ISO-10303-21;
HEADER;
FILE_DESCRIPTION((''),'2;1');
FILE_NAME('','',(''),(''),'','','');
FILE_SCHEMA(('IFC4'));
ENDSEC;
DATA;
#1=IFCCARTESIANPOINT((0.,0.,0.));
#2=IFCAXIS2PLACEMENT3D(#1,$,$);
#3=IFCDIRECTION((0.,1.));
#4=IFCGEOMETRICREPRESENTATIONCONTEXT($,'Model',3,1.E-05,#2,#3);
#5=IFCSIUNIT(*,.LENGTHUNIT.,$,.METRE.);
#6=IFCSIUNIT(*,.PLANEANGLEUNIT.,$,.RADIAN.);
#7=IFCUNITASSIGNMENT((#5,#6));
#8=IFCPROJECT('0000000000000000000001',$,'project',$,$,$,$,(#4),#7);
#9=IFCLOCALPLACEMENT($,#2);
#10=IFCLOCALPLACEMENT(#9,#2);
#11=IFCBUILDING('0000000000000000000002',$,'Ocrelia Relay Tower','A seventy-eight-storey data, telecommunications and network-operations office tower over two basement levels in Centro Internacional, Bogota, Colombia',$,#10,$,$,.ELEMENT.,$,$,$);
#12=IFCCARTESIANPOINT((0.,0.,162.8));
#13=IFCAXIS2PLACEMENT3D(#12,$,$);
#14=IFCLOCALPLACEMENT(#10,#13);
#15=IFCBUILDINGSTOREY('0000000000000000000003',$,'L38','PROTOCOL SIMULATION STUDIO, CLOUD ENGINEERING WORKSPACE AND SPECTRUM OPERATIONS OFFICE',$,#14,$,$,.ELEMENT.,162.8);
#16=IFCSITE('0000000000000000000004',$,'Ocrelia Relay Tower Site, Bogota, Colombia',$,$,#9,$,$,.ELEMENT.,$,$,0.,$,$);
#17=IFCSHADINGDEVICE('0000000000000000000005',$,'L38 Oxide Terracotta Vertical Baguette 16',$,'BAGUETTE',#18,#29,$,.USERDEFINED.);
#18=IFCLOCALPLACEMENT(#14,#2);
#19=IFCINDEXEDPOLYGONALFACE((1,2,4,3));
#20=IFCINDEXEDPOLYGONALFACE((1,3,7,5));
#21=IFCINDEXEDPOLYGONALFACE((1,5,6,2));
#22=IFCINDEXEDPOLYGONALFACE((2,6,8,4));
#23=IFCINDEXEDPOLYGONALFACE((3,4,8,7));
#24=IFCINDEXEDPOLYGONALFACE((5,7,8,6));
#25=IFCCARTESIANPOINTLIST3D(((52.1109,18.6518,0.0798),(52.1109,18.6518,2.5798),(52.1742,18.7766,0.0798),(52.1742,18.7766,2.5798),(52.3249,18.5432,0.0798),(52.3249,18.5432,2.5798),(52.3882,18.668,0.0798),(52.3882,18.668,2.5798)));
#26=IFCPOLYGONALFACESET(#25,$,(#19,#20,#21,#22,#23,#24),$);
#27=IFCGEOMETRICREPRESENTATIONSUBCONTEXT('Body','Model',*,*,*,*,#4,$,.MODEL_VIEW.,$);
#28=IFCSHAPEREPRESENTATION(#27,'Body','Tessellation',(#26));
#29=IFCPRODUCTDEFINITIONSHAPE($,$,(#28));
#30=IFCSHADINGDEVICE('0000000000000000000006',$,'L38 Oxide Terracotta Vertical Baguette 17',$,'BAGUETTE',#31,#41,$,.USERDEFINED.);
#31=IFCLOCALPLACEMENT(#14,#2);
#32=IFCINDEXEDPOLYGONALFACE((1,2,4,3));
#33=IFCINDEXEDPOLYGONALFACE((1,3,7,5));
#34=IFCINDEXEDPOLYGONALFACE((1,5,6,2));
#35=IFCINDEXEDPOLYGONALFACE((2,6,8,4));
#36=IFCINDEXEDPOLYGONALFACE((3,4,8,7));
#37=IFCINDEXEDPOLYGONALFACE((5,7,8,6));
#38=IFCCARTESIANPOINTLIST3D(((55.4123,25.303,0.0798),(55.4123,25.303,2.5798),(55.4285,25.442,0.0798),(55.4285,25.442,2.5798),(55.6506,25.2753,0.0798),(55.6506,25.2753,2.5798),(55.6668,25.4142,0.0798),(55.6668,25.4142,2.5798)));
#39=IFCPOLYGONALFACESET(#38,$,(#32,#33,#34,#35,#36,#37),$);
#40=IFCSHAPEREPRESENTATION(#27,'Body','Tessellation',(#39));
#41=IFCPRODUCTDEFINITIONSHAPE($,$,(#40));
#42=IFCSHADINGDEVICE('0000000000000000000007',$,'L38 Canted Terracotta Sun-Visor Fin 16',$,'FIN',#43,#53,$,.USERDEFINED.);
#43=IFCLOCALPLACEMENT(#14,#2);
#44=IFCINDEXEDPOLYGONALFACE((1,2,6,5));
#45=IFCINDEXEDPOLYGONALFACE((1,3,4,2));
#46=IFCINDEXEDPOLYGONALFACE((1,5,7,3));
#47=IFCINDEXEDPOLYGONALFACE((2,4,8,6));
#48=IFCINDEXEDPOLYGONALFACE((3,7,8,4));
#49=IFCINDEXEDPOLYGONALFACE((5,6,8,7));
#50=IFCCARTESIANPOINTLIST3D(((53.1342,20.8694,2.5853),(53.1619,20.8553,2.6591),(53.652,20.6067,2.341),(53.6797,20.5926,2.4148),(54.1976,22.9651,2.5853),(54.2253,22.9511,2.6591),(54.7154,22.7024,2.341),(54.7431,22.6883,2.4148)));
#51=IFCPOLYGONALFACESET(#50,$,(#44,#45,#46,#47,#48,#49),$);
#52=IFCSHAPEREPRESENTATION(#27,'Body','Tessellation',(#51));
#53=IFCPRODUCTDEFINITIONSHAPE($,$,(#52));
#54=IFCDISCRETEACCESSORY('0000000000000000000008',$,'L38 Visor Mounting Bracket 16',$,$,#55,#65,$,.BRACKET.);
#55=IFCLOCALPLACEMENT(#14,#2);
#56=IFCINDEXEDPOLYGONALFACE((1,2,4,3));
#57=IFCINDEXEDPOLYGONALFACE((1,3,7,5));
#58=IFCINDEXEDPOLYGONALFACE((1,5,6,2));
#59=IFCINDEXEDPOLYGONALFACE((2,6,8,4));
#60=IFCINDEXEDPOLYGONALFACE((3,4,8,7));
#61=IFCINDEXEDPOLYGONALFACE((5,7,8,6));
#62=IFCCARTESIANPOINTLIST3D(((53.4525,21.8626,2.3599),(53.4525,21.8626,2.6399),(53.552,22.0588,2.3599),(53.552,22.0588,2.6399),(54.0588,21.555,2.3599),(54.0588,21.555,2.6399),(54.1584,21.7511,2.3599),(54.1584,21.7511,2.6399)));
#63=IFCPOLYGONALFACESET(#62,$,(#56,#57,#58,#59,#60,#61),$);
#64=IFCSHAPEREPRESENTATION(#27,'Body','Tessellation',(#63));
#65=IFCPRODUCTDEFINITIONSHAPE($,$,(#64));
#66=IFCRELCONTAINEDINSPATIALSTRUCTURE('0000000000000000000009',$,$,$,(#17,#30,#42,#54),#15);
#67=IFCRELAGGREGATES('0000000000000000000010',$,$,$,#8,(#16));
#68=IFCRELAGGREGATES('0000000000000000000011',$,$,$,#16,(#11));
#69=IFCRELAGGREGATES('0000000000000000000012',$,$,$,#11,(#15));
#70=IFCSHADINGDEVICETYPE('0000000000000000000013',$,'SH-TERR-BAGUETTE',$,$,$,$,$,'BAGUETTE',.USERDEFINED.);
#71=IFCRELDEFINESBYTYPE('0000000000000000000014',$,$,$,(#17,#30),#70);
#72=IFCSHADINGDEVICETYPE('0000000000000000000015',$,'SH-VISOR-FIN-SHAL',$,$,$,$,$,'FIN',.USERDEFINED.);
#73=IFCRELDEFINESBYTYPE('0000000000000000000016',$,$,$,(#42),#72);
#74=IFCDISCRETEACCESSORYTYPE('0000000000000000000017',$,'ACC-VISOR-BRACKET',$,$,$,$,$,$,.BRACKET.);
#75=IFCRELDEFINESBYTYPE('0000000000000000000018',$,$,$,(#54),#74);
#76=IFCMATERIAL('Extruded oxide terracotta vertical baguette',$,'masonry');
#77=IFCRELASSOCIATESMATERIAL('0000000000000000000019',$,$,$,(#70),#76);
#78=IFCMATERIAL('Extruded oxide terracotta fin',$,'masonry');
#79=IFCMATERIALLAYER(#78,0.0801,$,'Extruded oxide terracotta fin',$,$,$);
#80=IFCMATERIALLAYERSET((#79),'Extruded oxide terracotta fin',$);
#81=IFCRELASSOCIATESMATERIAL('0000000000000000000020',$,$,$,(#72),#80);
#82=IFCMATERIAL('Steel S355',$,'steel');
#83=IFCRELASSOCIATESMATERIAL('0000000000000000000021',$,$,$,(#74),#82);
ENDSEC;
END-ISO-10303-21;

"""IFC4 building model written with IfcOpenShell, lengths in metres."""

from ifc_helpers import new_model, si_unit, direction, frame, origin, origin_2d, place, context, subcontext, project, spatial, rectangle, extrude, material, layer, layer_set, type_object, element, save


model = new_model("IFC4")

# Units and contexts
model_context = context("Model", 3, precision=1e-05, world=origin(), true_north=direction((0.0, 1.0)))
body_context = subcontext(model_context, "Body", "Model", "MODEL_VIEW")
ifc_project = project(units=[si_unit("LENGTHUNIT", "METRE"), si_unit("PLANEANGLEUNIT", "RADIAN")], contexts=[model_context])

# Site, building, storey
site_placement = place(None, origin())
site = spatial("IfcSite", under=ifc_project, at=site_placement, Name="Ocrelia Relay Tower Site, Bogota, Colombia", CompositionType="ELEMENT", RefElevation=0.0)
building_placement = place(site_placement, origin())
building = spatial("IfcBuilding", under=site, at=building_placement, Name="Ocrelia Relay Tower", Description="A seventy-eight-storey data, telecommunications and network-operations office tower over two basement levels in Centro Internacional, Bogota, Colombia", CompositionType="ELEMENT")
storey_placement = place(building_placement, frame((0.0, 0.0, 162.8)))
storey = spatial("IfcBuildingStorey", under=building, at=storey_placement, Name="L38", Description="PROTOCOL SIMULATION STUDIO, CLOUD ENGINEERING WORKSPACE AND SPECTRUM OPERATIONS OFFICE", CompositionType="ELEMENT", Elevation=162.8)

# Shared definitions
ifc_material_1 = material(Name="Steel S355", Category="steel")

# Shading devices
ifc_material_2 = material(Name="Extruded oxide terracotta vertical baguette", Category="masonry")
shading_device_type_1 = type_object("IfcShadingDeviceType", Name="SH-TERR-BAGUETTE", ElementType="BAGUETTE", PredefinedType="USERDEFINED", material=ifc_material_2)
for number, where, z_axis, x_axis, name in (
    (1, (52.2495, 18.6599, 0.0798), (0.0, 0.0, 1.0), (0.452499, 0.891765, 0.0), "L38 Oxide Terracotta Vertical Baguette 16"),
    (2, (55.5396, 25.3586, 0.0798), (0.0, 0.0, 1.0), (0.115701, 0.993284, 0.0), "L38 Oxide Terracotta Vertical Baguette 17"),
):
    element("IfcShadingDevice", number, at=place(storey_placement, frame(where, z_axis=z_axis, x_axis=x_axis)), inside=storey, type_object=shading_device_type_1, Name=name, ObjectType="BAGUETTE", PredefinedType="USERDEFINED", context=body_context, shape_type="SweptSolid", body=[
        extrude(rectangle(XDim=0.1399, YDim=0.24, at=origin_2d()), origin(), (0.0, 0.0, 1.0), 2.5),
    ])
ifc_material_3 = material(Name="Extruded oxide terracotta fin", Category="masonry")
ifc_layer_1 = layer(ifc_material_3, 0.0801, Name="Extruded oxide terracotta fin")
ifc_layer_set_1 = layer_set([ifc_layer_1], Name="Extruded oxide terracotta fin")
shading_device_type_2 = type_object("IfcShadingDeviceType", Name="SH-VISOR-FIN-SHAL", ElementType="FIN", PredefinedType="USERDEFINED", material=ifc_layer_set_1)
shading_device_placement = place(storey_placement, frame((53.9248, 21.7859, 2.4631), z_axis=(0.34586, -0.175496, 0.921728), x_axis=(0.452499, 0.891765, 0.0)))
element("IfcShadingDevice", 3, at=shading_device_placement, inside=storey, type_object=shading_device_type_2, Name="L38 Canted Terracotta Sun-Visor Fin 16", ObjectType="FIN", PredefinedType="USERDEFINED", context=body_context, shape_type="SweptSolid", body=[
    extrude(rectangle(XDim=2.3501, YDim=0.6299, at=origin_2d()), origin(), (0.0, 0.0, 1.0), 0.0801),
])

# Discrete accessory
discrete_accessory_type = type_object("IfcDiscreteAccessoryType", Name="ACC-VISOR-BRACKET", PredefinedType="BRACKET", material=ifc_material_1)
discrete_accessory_placement = place(storey_placement, frame((53.8054, 21.8069, 2.3599), z_axis=(0.0, 0.0, 1.0), x_axis=(0.452499, 0.891765, 0.0)))
element("IfcDiscreteAccessory", 4, at=discrete_accessory_placement, inside=storey, type_object=discrete_accessory_type, Name="L38 Visor Mounting Bracket 16", PredefinedType="BRACKET", context=body_context, shape_type="SweptSolid", body=[
    extrude(rectangle(XDim=0.22, YDim=0.6799, at=origin_2d()), origin(), (0.0, 0.0, 1.0), 0.28),
])

save(model, "model.ifc")
